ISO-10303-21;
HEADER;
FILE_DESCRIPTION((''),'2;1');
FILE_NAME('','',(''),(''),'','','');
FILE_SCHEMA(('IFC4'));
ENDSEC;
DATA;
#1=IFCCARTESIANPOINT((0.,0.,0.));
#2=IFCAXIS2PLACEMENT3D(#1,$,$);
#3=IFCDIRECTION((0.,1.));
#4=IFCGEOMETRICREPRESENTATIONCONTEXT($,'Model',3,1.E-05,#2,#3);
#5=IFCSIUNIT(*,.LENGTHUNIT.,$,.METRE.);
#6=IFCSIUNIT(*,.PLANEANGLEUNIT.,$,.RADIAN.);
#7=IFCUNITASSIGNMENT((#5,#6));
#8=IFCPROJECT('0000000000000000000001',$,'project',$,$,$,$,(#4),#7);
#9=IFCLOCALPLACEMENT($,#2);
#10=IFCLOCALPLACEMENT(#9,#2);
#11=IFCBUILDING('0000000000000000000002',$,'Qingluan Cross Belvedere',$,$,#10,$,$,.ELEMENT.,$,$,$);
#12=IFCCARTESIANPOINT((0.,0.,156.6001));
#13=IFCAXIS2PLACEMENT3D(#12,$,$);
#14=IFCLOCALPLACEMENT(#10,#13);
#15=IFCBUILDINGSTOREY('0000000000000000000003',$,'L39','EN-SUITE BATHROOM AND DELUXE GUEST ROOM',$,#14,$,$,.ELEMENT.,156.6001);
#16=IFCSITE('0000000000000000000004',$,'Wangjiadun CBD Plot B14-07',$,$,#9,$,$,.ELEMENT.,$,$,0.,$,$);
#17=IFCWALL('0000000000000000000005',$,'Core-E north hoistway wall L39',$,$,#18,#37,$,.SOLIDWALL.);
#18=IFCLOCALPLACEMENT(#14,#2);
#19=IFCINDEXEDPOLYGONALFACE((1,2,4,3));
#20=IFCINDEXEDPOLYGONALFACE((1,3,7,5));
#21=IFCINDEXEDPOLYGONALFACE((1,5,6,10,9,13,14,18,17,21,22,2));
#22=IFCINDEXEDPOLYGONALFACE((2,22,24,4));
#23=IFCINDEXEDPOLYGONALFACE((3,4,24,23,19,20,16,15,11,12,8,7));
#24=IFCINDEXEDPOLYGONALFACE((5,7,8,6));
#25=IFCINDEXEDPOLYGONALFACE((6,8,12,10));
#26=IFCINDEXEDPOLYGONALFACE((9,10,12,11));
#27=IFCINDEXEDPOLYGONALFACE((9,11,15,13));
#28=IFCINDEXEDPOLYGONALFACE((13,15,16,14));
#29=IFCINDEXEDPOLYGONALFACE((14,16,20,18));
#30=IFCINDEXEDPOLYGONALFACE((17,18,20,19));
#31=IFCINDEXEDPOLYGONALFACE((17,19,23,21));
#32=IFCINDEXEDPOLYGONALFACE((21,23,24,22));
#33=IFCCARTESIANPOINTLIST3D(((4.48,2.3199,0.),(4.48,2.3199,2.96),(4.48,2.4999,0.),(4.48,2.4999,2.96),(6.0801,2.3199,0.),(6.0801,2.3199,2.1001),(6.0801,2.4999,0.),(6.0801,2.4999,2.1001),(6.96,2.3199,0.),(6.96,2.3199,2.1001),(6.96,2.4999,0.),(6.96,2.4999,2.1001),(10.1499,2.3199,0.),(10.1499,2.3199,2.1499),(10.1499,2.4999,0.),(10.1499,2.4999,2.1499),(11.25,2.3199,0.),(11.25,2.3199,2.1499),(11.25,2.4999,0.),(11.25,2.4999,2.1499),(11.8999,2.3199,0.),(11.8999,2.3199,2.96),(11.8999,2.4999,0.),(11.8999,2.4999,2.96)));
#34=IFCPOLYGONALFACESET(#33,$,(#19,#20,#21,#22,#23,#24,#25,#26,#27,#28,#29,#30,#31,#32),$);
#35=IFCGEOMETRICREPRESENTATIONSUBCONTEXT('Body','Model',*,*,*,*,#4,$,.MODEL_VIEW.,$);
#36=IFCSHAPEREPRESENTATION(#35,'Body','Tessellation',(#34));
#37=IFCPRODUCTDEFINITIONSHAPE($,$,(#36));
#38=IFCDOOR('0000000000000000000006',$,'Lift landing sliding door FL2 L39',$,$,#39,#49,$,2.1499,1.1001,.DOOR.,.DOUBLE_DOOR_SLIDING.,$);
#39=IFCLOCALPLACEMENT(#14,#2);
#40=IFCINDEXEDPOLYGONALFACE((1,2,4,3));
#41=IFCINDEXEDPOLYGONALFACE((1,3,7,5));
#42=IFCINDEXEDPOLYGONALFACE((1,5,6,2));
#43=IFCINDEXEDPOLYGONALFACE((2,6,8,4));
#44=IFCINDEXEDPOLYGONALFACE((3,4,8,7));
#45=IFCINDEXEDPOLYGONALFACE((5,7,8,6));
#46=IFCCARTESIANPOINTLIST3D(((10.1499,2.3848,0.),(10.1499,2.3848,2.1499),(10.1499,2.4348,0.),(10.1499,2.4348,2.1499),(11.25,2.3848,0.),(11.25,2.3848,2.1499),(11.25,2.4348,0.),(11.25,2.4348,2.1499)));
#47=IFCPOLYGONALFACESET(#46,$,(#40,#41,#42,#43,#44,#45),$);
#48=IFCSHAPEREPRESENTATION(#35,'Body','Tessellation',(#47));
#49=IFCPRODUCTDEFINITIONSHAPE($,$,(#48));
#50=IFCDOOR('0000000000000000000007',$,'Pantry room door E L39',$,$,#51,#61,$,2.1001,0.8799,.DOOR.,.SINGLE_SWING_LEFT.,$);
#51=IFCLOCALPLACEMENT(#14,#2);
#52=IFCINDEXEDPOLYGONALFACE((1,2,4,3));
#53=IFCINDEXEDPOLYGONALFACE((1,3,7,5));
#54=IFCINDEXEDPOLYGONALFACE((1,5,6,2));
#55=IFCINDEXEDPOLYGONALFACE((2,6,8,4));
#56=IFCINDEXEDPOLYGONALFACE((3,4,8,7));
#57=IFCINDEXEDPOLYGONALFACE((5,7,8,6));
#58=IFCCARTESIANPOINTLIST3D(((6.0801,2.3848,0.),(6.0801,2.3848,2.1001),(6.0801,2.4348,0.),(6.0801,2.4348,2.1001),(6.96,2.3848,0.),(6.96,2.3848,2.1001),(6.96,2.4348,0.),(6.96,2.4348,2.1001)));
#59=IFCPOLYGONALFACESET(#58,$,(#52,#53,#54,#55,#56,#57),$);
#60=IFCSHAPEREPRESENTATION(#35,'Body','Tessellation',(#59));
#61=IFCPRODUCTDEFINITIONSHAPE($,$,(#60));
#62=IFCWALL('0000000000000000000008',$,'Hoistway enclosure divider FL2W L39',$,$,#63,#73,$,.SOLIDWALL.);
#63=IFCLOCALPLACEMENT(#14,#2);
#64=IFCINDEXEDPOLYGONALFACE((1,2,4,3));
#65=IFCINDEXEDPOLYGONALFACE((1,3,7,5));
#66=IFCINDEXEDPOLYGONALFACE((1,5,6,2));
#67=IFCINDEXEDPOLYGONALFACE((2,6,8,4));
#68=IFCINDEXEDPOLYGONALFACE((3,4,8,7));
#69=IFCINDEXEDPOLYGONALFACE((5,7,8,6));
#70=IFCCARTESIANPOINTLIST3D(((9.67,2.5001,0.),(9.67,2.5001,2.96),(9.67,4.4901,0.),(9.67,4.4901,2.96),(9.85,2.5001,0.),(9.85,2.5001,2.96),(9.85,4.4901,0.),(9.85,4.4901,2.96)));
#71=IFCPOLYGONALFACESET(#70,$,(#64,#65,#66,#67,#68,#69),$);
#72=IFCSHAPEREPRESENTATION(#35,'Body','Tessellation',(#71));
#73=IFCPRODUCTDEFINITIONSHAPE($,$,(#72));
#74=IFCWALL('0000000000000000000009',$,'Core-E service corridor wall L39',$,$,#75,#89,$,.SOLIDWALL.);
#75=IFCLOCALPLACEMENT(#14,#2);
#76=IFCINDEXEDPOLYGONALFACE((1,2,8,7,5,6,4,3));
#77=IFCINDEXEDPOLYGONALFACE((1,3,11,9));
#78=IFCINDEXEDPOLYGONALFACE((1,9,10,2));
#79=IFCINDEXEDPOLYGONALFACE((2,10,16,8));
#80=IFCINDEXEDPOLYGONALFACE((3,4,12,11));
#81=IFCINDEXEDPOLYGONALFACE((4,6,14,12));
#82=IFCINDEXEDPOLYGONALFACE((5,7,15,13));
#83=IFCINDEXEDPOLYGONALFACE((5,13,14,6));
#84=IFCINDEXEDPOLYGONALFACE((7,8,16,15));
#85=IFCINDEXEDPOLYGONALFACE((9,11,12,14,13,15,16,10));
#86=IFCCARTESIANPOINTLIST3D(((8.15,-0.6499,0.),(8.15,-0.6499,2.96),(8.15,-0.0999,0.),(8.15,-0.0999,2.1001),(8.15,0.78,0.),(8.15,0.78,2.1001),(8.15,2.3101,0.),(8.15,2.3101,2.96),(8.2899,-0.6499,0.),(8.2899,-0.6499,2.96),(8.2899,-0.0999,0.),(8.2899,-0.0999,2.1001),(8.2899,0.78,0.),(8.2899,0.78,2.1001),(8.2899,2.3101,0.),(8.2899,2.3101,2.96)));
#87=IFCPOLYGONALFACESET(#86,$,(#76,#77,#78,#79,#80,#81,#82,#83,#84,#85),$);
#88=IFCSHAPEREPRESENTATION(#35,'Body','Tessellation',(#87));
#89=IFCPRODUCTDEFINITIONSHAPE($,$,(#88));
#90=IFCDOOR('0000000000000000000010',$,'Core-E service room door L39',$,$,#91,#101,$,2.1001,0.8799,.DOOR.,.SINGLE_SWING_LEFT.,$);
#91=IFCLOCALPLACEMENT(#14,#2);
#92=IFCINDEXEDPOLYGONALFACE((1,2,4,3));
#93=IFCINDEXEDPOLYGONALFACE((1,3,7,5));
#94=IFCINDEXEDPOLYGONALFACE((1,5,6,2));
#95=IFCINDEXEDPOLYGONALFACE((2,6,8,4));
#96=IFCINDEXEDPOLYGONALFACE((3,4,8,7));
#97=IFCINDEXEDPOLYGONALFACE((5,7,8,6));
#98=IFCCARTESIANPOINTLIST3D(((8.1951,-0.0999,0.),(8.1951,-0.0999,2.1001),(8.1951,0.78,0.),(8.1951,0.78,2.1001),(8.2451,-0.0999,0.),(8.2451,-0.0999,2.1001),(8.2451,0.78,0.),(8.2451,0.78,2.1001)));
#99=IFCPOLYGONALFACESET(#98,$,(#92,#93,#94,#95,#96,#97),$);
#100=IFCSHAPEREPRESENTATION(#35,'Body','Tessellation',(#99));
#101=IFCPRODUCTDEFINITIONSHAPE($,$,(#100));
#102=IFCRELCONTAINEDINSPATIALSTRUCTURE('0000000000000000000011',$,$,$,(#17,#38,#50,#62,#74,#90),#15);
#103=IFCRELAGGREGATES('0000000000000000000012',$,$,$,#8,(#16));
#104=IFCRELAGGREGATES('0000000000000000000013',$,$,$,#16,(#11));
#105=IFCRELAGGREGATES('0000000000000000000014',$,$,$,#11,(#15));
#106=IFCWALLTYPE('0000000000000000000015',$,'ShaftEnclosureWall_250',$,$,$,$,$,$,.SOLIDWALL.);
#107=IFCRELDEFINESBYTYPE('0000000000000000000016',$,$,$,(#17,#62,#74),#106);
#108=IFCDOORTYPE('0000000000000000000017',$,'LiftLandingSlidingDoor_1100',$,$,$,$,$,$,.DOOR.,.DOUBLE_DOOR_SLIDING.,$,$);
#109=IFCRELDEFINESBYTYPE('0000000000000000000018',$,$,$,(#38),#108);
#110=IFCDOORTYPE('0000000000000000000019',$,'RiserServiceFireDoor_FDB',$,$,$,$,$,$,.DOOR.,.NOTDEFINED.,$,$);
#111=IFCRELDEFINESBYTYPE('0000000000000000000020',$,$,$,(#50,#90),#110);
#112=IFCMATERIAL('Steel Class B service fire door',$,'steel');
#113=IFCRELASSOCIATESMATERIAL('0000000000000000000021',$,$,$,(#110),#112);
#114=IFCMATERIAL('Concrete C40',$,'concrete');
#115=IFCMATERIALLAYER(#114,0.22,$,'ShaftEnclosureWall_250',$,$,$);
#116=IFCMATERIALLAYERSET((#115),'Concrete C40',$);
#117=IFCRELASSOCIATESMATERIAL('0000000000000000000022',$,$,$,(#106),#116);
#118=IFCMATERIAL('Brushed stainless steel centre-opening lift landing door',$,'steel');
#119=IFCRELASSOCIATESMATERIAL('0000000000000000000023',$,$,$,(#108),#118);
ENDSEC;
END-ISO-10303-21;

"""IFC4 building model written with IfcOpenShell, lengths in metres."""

from ifc_helpers import new_model, si_unit, direction, frame, frame_2d, origin, place, context, subcontext, project, spatial, rectangle, extrude, material, layer, layer_set, type_object, element, fill, save


model = new_model("IFC4")

# Units and contexts
model_context = context("Model", 3, precision=1e-05, world=origin(), true_north=direction((0.0, 1.0)))
body_context = subcontext(model_context, "Body", "Model", "MODEL_VIEW")
ifc_project = project(units=[si_unit("LENGTHUNIT", "METRE"), si_unit("PLANEANGLEUNIT", "RADIAN")], contexts=[model_context])

# Site, building, storey
site_placement = place(None, origin())
site = spatial("IfcSite", under=ifc_project, at=site_placement, Name="Wangjiadun CBD Plot B14-07", CompositionType="ELEMENT", RefElevation=0.0)
building_placement = place(site_placement, origin())
building = spatial("IfcBuilding", under=site, at=building_placement, Name="Qingluan Cross Belvedere", CompositionType="ELEMENT")
storey_placement = place(building_placement, frame((0.0, 0.0, 156.6001)))
storey = spatial("IfcBuildingStorey", under=building, at=storey_placement, Name="L39", Description="EN-SUITE BATHROOM AND DELUXE GUEST ROOM", CompositionType="ELEMENT", Elevation=156.6001)

# Shared definitions
ifc_material_1 = material(Name="Steel Class B service fire door", Category="steel")
door_type_1 = type_object("IfcDoorType", Name="RiserServiceFireDoor_FDB", OperationType="NOTDEFINED", PredefinedType="DOOR", material=ifc_material_1)

# Wall, openings, doors
ifc_material_2 = material(Name="Concrete C40", Category="concrete")
ifc_layer_1 = layer(ifc_material_2, 0.22, Name="ShaftEnclosureWall_250")
ifc_layer_set_1 = layer_set([ifc_layer_1], Name="Concrete C40")
wall_type_1 = type_object("IfcWallType", Name="ShaftEnclosureWall_250", PredefinedType="SOLIDWALL", material=ifc_layer_set_1)
wall_1_placement = place(storey_placement, frame((4.48, 2.4099, 0.0), z_axis=(0.0, 0.0, 1.0), x_axis=(1.0, 0.0, 0.0)))
wall_1 = element("IfcWall", 1, at=wall_1_placement, inside=storey, type_object=wall_type_1, Name="Core-E north hoistway wall L39", PredefinedType="SOLIDWALL", context=body_context, shape_type="SweptSolid", body=[
    extrude(rectangle(XDim=7.4199, YDim=0.1799, at=frame_2d((3.71, 0.0))), origin(), (0.0, 0.0, 1.0), 2.96),
])
opening_1_placement = place(wall_1_placement, frame((5.6699, 0.0, 0.0)))
opening_1 = element("IfcOpeningElement", 2, at=opening_1_placement, cuts=wall_1, PredefinedType="OPENING", context=body_context, shape_type="SweptSolid", body=[
    extrude(rectangle(XDim=1.1001, YDim=2.1499, at=frame_2d((0.55, 1.075))), frame((0.0, 0.0999, 0.0), z_axis=(0.0, -1.0, 0.0), x_axis=(1.0, 0.0, 0.0)), (0.0, 0.0, 1.0), 0.2),
])
opening_2_placement = place(wall_1_placement, frame((1.6001, 0.0, 0.0)))
opening_2 = element("IfcOpeningElement", 3, at=opening_2_placement, cuts=wall_1, PredefinedType="OPENING", context=body_context, shape_type="SweptSolid", body=[
    extrude(rectangle(XDim=0.8799, YDim=2.1001, at=frame_2d((0.4399, 1.05))), frame((0.0, 0.0999, 0.0), z_axis=(0.0, -1.0, 0.0), x_axis=(1.0, 0.0, 0.0)), (0.0, 0.0, 1.0), 0.2),
])
ifc_material_3 = material(Name="Brushed stainless steel centre-opening lift landing door", Category="steel")
door_type_2 = type_object("IfcDoorType", Name="LiftLandingSlidingDoor_1100", OperationType="DOUBLE_DOOR_SLIDING", PredefinedType="DOOR", material=ifc_material_3)
door_1_placement = place(opening_1_placement, origin())
door_1 = element("IfcDoor", 4, at=door_1_placement, inside=storey, type_object=door_type_2, Name="Lift landing sliding door FL2 L39", OperationType="DOUBLE_DOOR_SLIDING", OverallHeight=2.1499, OverallWidth=1.1001, PredefinedType="DOOR", context=body_context, shape_type="SweptSolid", body=[
    extrude(rectangle(XDim=1.1001, YDim=2.1499, at=frame_2d((0.55, 1.075))), frame((0.0, 0.0249, 0.0), z_axis=(0.0, -1.0, 0.0), x_axis=(1.0, 0.0, 0.0)), (0.0, 0.0, 1.0), 0.05),
])
fill(opening_1, door_1)
door_2_placement = place(opening_2_placement, origin())
door_2 = element("IfcDoor", 5, at=door_2_placement, inside=storey, type_object=door_type_1, Name="Pantry room door E L39", OperationType="SINGLE_SWING_LEFT", OverallHeight=2.1001, OverallWidth=0.8799, PredefinedType="DOOR", context=body_context, shape_type="SweptSolid", body=[
    extrude(rectangle(XDim=0.8799, YDim=2.1001, at=frame_2d((0.4399, 1.05))), frame((0.0, 0.0249, 0.0), z_axis=(0.0, -1.0, 0.0), x_axis=(1.0, 0.0, 0.0)), (0.0, 0.0, 1.0), 0.05),
])
fill(opening_2, door_2)

# Wall
wall_2_placement = place(storey_placement, frame((9.76, 2.5, 0.0), z_axis=(0.0, 0.0, 1.0), x_axis=(0.0, 1.0, 0.0)))
element("IfcWall", 6, at=wall_2_placement, inside=storey, type_object=wall_type_1, Name="Hoistway enclosure divider FL2W L39", PredefinedType="SOLIDWALL", context=body_context, shape_type="SweptSolid", body=[
    extrude(rectangle(XDim=1.99, YDim=0.1799, at=frame_2d((0.9951, 0.0))), origin(), (0.0, 0.0, 1.0), 2.96),
])

# Wall, opening, door
wall_3_placement = place(storey_placement, frame((8.22, -0.6499, 0.0), z_axis=(0.0, 0.0, 1.0), x_axis=(0.0, 1.0, 0.0)))
wall_3 = element("IfcWall", 7, at=wall_3_placement, inside=storey, type_object=wall_type_1, Name="Core-E service corridor wall L39", PredefinedType="SOLIDWALL", context=body_context, shape_type="SweptSolid", body=[
    extrude(rectangle(XDim=2.96, YDim=0.1399, at=frame_2d((1.48, 0.0))), origin(), (0.0, 0.0, 1.0), 2.96),
])
opening_3_placement = place(wall_3_placement, frame((0.55, 0.0, 0.0)))
opening_3 = element("IfcOpeningElement", 8, at=opening_3_placement, cuts=wall_3, PredefinedType="OPENING", context=body_context, shape_type="SweptSolid", body=[
    extrude(rectangle(XDim=0.8799, YDim=2.1001, at=frame_2d((0.4399, 1.05))), frame((0.0, 0.0798, 0.0), z_axis=(0.0, -1.0, 0.0), x_axis=(1.0, 0.0, 0.0)), (0.0, 0.0, 1.0), 0.1599),
])
door_3_placement = place(opening_3_placement, origin())
door_3 = element("IfcDoor", 9, at=door_3_placement, inside=storey, type_object=door_type_1, Name="Core-E service room door L39", OperationType="SINGLE_SWING_LEFT", OverallHeight=2.1001, OverallWidth=0.8799, PredefinedType="DOOR", context=body_context, shape_type="SweptSolid", body=[
    extrude(rectangle(XDim=0.8799, YDim=2.1001, at=frame_2d((0.4399, 1.05))), frame((0.0, 0.0249, 0.0), z_axis=(0.0, -1.0, 0.0), x_axis=(1.0, 0.0, 0.0)), (0.0, 0.0, 1.0), 0.05),
])
fill(opening_3, door_3)

save(model, "model.ifc")
